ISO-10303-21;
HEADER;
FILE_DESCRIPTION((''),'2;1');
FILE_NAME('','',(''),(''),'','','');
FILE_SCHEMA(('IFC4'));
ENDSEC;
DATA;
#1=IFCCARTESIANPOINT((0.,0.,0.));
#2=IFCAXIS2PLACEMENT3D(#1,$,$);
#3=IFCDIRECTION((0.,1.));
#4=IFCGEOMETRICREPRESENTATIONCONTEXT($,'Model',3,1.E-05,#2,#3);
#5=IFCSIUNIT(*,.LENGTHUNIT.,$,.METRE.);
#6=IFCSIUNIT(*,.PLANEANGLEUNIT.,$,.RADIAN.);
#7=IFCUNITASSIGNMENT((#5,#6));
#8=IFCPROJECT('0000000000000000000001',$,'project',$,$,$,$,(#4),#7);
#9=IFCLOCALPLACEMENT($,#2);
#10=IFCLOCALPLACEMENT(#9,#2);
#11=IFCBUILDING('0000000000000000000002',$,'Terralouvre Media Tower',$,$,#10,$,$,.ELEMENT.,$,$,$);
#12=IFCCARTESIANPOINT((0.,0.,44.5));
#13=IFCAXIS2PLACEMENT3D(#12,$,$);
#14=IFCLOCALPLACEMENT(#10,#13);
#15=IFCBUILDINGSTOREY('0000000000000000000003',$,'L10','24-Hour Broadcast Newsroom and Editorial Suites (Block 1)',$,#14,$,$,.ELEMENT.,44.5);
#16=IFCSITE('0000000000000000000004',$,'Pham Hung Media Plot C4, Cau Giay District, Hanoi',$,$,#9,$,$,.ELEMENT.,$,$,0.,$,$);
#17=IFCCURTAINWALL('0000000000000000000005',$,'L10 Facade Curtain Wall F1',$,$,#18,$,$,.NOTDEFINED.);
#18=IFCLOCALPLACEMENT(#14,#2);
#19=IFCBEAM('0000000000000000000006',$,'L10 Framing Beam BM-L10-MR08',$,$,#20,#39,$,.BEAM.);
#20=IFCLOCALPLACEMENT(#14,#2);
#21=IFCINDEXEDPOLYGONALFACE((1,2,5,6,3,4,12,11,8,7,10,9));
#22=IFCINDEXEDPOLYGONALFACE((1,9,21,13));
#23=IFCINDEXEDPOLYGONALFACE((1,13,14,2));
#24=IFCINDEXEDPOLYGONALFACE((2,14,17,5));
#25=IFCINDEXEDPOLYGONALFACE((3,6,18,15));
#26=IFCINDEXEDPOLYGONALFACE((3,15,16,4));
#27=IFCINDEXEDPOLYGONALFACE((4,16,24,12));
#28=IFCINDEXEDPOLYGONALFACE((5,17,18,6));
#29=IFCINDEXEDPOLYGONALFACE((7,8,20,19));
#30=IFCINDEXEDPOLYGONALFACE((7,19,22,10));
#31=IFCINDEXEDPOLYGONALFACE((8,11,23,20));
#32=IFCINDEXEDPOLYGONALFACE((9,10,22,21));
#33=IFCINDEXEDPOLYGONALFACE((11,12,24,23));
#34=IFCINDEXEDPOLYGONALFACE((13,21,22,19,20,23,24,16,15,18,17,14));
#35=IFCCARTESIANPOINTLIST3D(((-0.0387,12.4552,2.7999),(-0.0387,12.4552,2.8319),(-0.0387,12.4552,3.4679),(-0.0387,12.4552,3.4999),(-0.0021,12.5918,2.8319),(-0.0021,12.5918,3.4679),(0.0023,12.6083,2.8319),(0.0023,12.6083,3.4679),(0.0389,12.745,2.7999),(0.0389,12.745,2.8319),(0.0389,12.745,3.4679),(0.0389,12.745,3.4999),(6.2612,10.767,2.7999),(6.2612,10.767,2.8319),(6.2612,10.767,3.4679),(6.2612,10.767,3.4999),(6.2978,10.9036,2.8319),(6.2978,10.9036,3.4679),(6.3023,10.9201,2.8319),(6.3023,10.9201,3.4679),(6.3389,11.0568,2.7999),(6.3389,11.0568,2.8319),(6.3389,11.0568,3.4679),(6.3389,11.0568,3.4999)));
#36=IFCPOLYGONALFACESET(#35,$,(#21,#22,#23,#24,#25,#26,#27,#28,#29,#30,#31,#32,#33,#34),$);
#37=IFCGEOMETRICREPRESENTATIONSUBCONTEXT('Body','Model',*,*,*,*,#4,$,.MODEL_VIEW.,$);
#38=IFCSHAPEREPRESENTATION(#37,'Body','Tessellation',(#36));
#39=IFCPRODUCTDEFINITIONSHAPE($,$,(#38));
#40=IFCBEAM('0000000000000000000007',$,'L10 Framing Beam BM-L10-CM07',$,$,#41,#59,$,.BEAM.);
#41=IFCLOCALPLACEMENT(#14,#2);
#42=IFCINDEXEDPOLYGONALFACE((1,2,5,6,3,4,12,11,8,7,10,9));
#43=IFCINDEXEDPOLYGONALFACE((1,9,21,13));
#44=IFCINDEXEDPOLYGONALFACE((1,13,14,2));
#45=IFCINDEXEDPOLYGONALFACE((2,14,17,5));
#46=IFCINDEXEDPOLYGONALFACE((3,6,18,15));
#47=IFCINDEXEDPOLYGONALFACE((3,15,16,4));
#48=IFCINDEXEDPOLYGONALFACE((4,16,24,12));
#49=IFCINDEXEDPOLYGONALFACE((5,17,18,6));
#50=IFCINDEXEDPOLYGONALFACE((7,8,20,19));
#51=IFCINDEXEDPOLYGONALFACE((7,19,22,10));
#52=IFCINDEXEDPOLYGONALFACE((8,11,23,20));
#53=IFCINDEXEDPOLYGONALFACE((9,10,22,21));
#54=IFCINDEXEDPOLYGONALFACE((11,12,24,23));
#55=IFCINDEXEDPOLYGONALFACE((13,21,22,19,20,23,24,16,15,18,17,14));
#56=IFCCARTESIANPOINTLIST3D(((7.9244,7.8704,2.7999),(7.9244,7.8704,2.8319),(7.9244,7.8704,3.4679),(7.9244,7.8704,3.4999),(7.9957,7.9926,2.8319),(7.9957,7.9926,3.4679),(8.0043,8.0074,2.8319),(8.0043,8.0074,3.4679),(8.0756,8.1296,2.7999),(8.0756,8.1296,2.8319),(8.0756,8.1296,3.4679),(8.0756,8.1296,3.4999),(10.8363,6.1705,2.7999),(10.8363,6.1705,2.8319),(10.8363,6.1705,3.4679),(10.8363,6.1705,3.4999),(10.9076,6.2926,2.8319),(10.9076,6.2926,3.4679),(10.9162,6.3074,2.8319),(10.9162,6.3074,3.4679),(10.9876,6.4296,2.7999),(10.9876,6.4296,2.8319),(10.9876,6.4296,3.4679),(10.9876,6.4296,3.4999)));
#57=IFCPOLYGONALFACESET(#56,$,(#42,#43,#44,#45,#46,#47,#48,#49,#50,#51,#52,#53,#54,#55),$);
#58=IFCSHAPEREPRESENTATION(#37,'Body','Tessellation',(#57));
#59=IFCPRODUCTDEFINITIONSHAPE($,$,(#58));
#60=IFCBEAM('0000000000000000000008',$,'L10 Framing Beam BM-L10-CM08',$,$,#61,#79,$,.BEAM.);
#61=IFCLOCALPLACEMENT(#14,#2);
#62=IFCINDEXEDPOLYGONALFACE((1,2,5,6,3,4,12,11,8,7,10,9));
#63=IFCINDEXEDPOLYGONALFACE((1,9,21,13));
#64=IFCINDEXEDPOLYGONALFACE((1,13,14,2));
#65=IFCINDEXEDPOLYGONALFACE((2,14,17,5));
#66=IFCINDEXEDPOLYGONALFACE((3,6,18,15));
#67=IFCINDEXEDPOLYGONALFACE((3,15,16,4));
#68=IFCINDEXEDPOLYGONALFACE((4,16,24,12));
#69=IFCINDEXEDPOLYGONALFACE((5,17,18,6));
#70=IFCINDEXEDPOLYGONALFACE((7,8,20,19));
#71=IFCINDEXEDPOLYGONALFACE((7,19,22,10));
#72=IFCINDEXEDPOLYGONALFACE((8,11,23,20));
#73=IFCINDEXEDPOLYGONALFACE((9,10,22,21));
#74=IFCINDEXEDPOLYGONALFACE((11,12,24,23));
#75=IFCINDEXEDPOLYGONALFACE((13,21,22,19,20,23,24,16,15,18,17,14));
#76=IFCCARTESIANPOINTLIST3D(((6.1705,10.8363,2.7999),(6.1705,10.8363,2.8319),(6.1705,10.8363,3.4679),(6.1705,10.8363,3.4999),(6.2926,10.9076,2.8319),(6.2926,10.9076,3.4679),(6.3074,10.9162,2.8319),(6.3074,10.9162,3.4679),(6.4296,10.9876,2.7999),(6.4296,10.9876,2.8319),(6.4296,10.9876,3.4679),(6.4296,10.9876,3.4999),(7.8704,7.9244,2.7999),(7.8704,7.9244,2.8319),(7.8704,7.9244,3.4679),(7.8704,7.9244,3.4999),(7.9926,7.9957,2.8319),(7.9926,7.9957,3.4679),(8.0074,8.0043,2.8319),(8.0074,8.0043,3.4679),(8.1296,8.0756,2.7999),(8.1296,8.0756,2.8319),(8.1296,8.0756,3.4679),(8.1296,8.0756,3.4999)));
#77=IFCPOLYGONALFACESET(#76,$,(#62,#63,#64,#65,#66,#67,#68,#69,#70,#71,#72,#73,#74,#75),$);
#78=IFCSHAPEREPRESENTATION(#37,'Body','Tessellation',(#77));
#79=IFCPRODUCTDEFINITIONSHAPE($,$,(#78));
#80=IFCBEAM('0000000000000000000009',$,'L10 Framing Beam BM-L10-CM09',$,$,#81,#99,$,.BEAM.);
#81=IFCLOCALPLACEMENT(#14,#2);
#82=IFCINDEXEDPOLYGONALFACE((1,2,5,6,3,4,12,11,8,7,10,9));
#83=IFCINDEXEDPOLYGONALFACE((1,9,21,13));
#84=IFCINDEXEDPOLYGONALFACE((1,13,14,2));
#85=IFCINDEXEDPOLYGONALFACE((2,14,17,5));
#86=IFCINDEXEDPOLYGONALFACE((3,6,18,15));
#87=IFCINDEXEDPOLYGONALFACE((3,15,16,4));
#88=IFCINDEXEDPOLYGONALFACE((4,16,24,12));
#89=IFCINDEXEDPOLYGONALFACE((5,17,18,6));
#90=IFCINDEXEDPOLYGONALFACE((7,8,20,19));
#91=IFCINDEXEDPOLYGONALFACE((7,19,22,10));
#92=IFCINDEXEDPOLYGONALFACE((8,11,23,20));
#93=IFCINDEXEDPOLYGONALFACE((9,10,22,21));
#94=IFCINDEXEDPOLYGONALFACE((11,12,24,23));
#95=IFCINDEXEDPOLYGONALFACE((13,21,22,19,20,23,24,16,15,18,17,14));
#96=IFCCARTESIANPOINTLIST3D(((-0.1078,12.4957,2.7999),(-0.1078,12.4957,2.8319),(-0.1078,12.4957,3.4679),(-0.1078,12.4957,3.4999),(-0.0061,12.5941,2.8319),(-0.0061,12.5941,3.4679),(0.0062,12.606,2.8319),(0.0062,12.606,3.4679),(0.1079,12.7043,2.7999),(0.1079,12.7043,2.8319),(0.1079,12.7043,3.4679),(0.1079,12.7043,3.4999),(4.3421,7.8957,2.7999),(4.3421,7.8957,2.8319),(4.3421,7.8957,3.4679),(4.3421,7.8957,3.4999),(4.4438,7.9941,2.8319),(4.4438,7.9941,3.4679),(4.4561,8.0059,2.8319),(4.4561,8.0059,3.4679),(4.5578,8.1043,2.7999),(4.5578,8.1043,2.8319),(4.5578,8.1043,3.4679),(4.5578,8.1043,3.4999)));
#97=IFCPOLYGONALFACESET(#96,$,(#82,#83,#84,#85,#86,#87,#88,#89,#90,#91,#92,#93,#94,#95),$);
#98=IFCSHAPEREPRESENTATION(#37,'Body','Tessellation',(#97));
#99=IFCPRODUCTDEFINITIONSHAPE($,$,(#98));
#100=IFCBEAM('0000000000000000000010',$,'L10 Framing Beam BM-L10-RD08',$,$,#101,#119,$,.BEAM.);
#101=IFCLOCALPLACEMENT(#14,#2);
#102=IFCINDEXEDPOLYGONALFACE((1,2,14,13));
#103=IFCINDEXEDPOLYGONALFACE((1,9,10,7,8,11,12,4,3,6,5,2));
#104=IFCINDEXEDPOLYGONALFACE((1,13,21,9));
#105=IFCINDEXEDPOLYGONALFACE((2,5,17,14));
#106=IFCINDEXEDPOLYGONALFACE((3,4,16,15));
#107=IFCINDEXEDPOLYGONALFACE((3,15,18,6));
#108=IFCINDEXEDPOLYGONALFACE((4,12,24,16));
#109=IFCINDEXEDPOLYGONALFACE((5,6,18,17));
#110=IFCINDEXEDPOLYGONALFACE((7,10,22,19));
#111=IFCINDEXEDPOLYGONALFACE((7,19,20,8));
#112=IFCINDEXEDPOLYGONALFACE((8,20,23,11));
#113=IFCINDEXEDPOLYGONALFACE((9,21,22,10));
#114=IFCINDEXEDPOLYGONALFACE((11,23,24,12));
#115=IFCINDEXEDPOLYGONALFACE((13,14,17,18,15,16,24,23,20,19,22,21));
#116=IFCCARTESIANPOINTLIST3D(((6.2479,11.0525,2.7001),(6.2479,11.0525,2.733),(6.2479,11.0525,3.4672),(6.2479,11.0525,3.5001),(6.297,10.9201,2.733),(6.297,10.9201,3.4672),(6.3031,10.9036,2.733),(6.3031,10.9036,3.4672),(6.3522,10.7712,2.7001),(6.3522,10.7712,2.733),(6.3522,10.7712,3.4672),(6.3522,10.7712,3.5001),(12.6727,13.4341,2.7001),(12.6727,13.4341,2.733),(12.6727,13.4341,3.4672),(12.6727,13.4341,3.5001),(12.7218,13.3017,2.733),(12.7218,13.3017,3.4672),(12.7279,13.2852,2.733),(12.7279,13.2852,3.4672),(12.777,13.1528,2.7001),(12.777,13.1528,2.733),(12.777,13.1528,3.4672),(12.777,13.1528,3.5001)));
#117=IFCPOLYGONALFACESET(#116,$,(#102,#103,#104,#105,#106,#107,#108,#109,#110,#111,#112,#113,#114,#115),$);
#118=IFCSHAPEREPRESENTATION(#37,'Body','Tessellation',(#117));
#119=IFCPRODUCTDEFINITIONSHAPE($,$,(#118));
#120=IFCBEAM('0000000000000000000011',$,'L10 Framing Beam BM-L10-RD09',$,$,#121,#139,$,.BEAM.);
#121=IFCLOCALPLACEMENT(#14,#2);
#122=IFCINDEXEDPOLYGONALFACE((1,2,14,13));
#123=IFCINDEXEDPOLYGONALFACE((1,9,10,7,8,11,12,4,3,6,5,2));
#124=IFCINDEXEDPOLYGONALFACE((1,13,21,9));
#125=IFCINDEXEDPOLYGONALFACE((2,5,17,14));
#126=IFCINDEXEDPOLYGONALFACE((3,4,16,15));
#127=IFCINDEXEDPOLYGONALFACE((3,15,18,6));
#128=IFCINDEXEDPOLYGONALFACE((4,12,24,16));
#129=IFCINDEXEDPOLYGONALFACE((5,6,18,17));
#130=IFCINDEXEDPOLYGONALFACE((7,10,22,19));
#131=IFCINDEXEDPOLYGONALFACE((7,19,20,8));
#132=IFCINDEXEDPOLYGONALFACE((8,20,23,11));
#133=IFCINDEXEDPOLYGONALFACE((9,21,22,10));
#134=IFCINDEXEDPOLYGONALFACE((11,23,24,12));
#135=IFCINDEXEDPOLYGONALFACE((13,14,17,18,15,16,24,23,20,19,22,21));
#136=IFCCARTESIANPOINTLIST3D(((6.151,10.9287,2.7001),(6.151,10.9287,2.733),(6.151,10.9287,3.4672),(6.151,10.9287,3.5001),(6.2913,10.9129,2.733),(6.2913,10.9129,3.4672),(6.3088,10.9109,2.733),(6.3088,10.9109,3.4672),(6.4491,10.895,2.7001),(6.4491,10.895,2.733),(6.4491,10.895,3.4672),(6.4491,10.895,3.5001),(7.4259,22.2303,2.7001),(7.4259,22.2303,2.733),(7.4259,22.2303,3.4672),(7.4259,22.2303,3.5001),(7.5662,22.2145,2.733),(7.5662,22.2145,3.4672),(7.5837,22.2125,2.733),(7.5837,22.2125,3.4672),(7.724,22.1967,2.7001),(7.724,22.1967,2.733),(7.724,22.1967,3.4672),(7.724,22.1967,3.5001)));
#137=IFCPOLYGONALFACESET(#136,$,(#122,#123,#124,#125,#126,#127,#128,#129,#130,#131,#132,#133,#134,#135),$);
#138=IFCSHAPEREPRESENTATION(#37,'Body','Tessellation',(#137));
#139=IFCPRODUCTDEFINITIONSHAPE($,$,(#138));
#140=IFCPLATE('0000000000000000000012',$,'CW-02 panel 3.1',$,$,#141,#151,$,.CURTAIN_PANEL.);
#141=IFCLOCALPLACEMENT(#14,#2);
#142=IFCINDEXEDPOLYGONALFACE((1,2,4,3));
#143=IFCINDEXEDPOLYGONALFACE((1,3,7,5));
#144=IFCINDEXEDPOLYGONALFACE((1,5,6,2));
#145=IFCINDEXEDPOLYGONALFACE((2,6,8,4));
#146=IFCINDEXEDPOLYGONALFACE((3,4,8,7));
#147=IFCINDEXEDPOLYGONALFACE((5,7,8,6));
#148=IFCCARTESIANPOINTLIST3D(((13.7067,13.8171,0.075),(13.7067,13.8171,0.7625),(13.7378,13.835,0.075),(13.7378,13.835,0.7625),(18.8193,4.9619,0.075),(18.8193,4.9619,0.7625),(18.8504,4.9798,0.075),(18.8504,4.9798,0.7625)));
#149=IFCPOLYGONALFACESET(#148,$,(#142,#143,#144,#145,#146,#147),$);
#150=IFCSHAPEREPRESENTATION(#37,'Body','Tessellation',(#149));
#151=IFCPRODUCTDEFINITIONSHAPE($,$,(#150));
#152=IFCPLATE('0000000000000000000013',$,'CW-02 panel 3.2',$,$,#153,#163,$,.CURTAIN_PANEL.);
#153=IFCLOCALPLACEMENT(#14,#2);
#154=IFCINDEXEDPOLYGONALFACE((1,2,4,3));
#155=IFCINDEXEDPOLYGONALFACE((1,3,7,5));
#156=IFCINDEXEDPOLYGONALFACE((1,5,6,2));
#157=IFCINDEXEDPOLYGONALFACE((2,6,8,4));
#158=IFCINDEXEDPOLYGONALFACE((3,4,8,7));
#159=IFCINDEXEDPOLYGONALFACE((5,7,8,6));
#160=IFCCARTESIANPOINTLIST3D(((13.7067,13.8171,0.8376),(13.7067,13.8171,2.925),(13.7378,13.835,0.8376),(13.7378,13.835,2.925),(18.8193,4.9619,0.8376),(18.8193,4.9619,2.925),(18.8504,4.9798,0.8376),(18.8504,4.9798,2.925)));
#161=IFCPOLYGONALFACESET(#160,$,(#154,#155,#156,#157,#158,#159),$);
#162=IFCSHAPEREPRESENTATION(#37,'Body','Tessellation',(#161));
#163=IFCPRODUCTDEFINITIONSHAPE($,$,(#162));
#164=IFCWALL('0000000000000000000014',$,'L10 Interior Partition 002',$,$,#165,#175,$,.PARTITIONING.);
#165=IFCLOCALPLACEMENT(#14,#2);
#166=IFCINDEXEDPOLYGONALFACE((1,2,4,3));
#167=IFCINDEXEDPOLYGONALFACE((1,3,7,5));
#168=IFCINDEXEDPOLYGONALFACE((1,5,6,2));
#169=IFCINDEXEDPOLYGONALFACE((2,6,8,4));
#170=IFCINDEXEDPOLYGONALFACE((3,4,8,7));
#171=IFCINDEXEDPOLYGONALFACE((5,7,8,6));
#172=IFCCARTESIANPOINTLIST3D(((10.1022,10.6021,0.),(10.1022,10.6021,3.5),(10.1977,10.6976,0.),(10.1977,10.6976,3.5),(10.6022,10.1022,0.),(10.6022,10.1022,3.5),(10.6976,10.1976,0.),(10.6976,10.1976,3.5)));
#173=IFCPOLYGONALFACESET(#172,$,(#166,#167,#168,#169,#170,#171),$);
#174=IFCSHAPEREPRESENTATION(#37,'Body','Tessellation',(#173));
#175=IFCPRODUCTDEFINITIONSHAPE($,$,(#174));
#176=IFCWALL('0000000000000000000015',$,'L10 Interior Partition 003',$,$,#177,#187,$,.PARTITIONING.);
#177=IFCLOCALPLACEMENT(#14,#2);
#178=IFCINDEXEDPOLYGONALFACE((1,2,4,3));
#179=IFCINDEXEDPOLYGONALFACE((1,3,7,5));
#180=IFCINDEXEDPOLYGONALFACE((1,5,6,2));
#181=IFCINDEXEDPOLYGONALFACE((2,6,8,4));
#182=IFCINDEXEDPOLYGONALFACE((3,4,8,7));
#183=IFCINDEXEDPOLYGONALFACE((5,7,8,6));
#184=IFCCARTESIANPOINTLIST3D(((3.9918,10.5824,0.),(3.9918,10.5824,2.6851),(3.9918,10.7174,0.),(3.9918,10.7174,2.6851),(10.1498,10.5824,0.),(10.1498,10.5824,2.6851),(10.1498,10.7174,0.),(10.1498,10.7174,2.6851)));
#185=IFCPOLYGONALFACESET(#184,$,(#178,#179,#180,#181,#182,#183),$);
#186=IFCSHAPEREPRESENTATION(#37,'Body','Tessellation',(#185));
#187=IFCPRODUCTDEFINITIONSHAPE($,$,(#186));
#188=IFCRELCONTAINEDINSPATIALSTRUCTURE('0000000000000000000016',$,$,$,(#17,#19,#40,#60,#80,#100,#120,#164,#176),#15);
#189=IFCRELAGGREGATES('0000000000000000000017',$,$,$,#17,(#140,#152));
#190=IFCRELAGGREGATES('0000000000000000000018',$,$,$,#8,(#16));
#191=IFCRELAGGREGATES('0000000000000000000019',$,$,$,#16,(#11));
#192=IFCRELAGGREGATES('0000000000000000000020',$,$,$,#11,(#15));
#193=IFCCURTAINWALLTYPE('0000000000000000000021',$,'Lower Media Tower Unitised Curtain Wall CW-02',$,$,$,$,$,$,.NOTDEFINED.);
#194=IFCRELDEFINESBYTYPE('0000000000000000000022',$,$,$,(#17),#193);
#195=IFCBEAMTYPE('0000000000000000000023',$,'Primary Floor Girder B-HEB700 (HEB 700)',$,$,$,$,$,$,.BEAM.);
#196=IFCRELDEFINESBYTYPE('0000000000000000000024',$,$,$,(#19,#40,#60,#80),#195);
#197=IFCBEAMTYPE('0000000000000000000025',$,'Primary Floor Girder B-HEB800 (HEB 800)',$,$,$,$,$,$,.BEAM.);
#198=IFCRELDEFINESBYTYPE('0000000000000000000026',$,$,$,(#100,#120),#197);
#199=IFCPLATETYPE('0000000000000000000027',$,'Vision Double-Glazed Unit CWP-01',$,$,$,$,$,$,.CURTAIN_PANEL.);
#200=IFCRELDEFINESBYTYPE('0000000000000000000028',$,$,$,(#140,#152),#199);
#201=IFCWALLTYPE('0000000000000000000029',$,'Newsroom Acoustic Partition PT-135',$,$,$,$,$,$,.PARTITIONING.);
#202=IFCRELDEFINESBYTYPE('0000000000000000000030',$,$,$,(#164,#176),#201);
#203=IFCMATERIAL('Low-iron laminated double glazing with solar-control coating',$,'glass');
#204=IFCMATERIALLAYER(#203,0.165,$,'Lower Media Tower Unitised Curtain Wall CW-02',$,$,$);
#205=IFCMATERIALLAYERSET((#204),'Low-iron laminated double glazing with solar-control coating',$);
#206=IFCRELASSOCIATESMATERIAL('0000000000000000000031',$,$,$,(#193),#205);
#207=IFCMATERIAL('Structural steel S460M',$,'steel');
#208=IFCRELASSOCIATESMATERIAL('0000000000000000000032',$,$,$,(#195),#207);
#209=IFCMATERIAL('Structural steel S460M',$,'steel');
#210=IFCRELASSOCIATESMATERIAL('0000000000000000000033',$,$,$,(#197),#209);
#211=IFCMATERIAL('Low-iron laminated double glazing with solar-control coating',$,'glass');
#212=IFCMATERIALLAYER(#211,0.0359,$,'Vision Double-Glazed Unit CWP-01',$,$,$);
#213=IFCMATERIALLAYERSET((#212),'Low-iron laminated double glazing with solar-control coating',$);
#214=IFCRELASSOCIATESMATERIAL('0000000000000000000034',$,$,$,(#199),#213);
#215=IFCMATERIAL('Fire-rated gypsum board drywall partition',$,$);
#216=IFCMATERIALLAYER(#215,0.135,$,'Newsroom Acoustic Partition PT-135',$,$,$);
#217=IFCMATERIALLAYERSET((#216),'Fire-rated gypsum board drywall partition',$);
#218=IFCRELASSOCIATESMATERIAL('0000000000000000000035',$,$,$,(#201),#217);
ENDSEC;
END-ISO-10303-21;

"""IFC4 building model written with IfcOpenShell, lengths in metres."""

from ifc_helpers import new_model, si_unit, direction, frame, frame_2d, origin, origin_2d, place, context, subcontext, project, spatial, rectangle, i_section, extrude, material, layer, layer_set, material_profile, profile_set, type_object, element, aggregate, save


model = new_model("IFC4")

# Units and contexts
model_context = context("Model", 3, precision=1e-05, world=origin(), true_north=direction((0.0, 1.0)))
body_context = subcontext(model_context, "Body", "Model", "MODEL_VIEW")
ifc_project = project(units=[si_unit("LENGTHUNIT", "METRE"), si_unit("PLANEANGLEUNIT", "RADIAN")], contexts=[model_context])

# Site, building, storey
site_placement = place(None, origin())
site = spatial("IfcSite", under=ifc_project, at=site_placement, Name="Pham Hung Media Plot C4, Cau Giay District, Hanoi", CompositionType="ELEMENT", RefElevation=0.0)
building_placement = place(site_placement, origin())
building = spatial("IfcBuilding", under=site, at=building_placement, Name="Terralouvre Media Tower", CompositionType="ELEMENT")
storey_placement = place(building_placement, frame((0.0, 0.0, 44.5)))
storey = spatial("IfcBuildingStorey", under=building, at=storey_placement, Name="L10", Description="24-Hour Broadcast Newsroom and Editorial Suites (Block 1)", CompositionType="ELEMENT", Elevation=44.5)

# Curtain wall
ifc_material_1 = material(Name="Low-iron laminated double glazing with solar-control coating", Category="glass")
ifc_layer_1 = layer(ifc_material_1, 0.165, Name="Lower Media Tower Unitised Curtain Wall CW-02")
ifc_layer_set_1 = layer_set([ifc_layer_1], Name="Low-iron laminated double glazing with solar-control coating")
curtain_wall_type = type_object("IfcCurtainWallType", Name="Lower Media Tower Unitised Curtain Wall CW-02", PredefinedType="NOTDEFINED", material=ifc_layer_set_1)
curtain_wall_placement = place(storey_placement, origin())
curtain_wall = element("IfcCurtainWall", 1, at=curtain_wall_placement, inside=storey, type_object=curtain_wall_type, Name="L10 Facade Curtain Wall F1", PredefinedType="NOTDEFINED")

# Beams
ifc_material_2 = material(Name="Structural steel S460M", Category="steel")
ifc_material_profile_1 = material_profile(ifc_material_2, i_section(OverallWidth=0.3, OverallDepth=0.7, WebThickness=0.0171, FlangeThickness=0.032, at=origin_2d()), Name="HEB 700")
ifc_profile_set_1 = profile_set([ifc_material_profile_1], Name="Structural steel S460M")
beam_type_1 = type_object("IfcBeamType", Name="Primary Floor Girder B-HEB700 (HEB 700)", PredefinedType="BEAM", material=ifc_profile_set_1)
beam_1_placement = place(storey_placement, frame((6.3, 10.9119, 3.1499), z_axis=(-0.96592, 0.258839, 0.0), x_axis=(-0.258839, -0.96592, 0.0)))
element("IfcBeam", 2, at=beam_1_placement, inside=storey, type_object=beam_type_1, Name="L10 Framing Beam BM-L10-MR08", PredefinedType="BEAM", context=body_context, shape_type="SweptSolid", body=[
    extrude(i_section(OverallWidth=0.3, OverallDepth=0.7, WebThickness=0.0171, FlangeThickness=0.032, at=origin_2d()), origin(), (0.0, 0.0, 1.0), 6.5222),
])
for number, where, z_axis, x_axis, name in (
    (3, (8.0, 8.0, 3.1499), (0.863603, -0.504173, 0.0), (0.504173, 0.863603, 0.0), "L10 Framing Beam BM-L10-CM07"),
    (4, (8.0, 8.0, 3.1499), (-0.504173, 0.863603, 0.0), (-0.863603, -0.504173, 0.0), "L10 Framing Beam BM-L10-CM08"),
):
    element("IfcBeam", number, at=place(storey_placement, frame(where, z_axis=z_axis, x_axis=x_axis)), inside=storey, type_object=beam_type_1, Name=name, PredefinedType="BEAM", context=body_context, shape_type="SweptSolid", body=[
        extrude(i_section(OverallWidth=0.3, OverallDepth=0.7, WebThickness=0.0171, FlangeThickness=0.032, at=origin_2d()), origin(), (0.0, 0.0, 1.0), 3.3718),
    ])
beam_2_placement = place(storey_placement, frame((4.45, 8.0, 3.1499), z_axis=(-0.69528, 0.718739, 0.0), x_axis=(-0.718739, -0.69528, 0.0)))
element("IfcBeam", 5, at=beam_2_placement, inside=storey, type_object=beam_type_1, Name="L10 Framing Beam BM-L10-CM09", PredefinedType="BEAM", context=body_context, shape_type="SweptSolid", body=[
    extrude(i_section(OverallWidth=0.3, OverallDepth=0.7, WebThickness=0.0171, FlangeThickness=0.032, at=origin_2d()), origin(), (0.0, 0.0, 1.0), 6.4001),
])
ifc_material_3 = material(Name="Structural steel S460M", Category="steel")
ifc_material_profile_2 = material_profile(ifc_material_3, i_section(OverallWidth=0.3, OverallDepth=0.8, WebThickness=0.0176, FlangeThickness=0.033, at=origin_2d()), Name="HEB 800")
ifc_profile_set_2 = profile_set([ifc_material_profile_2], Name="Structural steel S460M")
beam_type_2 = type_object("IfcBeamType", Name="Primary Floor Girder B-HEB800 (HEB 800)", PredefinedType="BEAM", material=ifc_profile_set_2)
beam_3_placement = place(storey_placement, frame((6.3, 10.9119, 3.1001), z_axis=(0.937652, 0.347575, 0.0), x_axis=(-0.347575, 0.937652, 0.0)))
element("IfcBeam", 6, at=beam_3_placement, inside=storey, type_object=beam_type_2, Name="L10 Framing Beam BM-L10-RD08", PredefinedType="BEAM", context=body_context, shape_type="SweptSolid", body=[
    extrude(i_section(OverallWidth=0.3, OverallDepth=0.8, WebThickness=0.0176, FlangeThickness=0.033, at=origin_2d()), origin(), (0.0, 0.0, 1.0), 6.8521),
])
beam_4_placement = place(storey_placement, frame((6.3, 10.9119, 3.1001), z_axis=(0.112097, 0.993697, 0.0), x_axis=(-0.993697, 0.112097, 0.0)))
element("IfcBeam", 7, at=beam_4_placement, inside=storey, type_object=beam_type_2, Name="L10 Framing Beam BM-L10-RD09", PredefinedType="BEAM", context=body_context, shape_type="SweptSolid", body=[
    extrude(i_section(OverallWidth=0.3, OverallDepth=0.8, WebThickness=0.0176, FlangeThickness=0.033, at=origin_2d()), origin(), (0.0, 0.0, 1.0), 11.3733),
])

# Plates
ifc_material_4 = material(Name="Low-iron laminated double glazing with solar-control coating", Category="glass")
ifc_layer_2 = layer(ifc_material_4, 0.0359, Name="Vision Double-Glazed Unit CWP-01")
ifc_layer_set_2 = layer_set([ifc_layer_2], Name="Low-iron laminated double glazing with solar-control coating")
plate_type = type_object("IfcPlateType", Name="Vision Double-Glazed Unit CWP-01", PredefinedType="CURTAIN_PANEL", material=ifc_layer_set_2)
plate_1_placement = place(storey_placement, frame((16.2786, 9.3984, 0.075), z_axis=(0.0, 0.0, 1.0), x_axis=(-0.5, 0.866025, 0.0)))
plate_1 = element("IfcPlate", 8, at=plate_1_placement, type_object=plate_type, Name="CW-02 panel 3.1", PredefinedType="CURTAIN_PANEL", context=body_context, shape_type="SweptSolid", body=[
    extrude(rectangle(XDim=10.2251, YDim=0.0359, at=origin_2d()), origin(), (0.0, 0.0, 1.0), 0.6875),
])
plate_2_placement = place(storey_placement, frame((16.2786, 9.3984, 0.8376), z_axis=(0.0, 0.0, 1.0), x_axis=(-0.5, 0.866025, 0.0)))
plate_2 = element("IfcPlate", 9, at=plate_2_placement, type_object=plate_type, Name="CW-02 panel 3.2", PredefinedType="CURTAIN_PANEL", context=body_context, shape_type="SweptSolid", body=[
    extrude(rectangle(XDim=10.2251, YDim=0.0359, at=origin_2d()), origin(), (0.0, 0.0, 1.0), 2.0874),
])
aggregate(curtain_wall, [plate_1, plate_2])

# Walls
ifc_material_5 = material(Name="Fire-rated gypsum board drywall partition")
ifc_layer_3 = layer(ifc_material_5, 0.135, Name="Newsroom Acoustic Partition PT-135")
ifc_layer_set_3 = layer_set([ifc_layer_3], Name="Fire-rated gypsum board drywall partition")
wall_type = type_object("IfcWallType", Name="Newsroom Acoustic Partition PT-135", PredefinedType="PARTITIONING", material=ifc_layer_set_3)
wall_1_placement = place(storey_placement, frame((10.6499, 10.1499, 0.0), z_axis=(0.0, 0.0, 1.0), x_axis=(-0.707107, 0.707107, 0.0)))
element("IfcWall", 10, at=wall_1_placement, inside=storey, type_object=wall_type, Name="L10 Interior Partition 002", PredefinedType="PARTITIONING", context=body_context, shape_type="SweptSolid", body=[
    extrude(rectangle(XDim=0.707, YDim=0.135, at=frame_2d((0.3535, 0.0))), origin(), (0.0, 0.0, 1.0), 3.5),
])
wall_2_placement = place(storey_placement, frame((10.1499, 10.6499, 0.0), z_axis=(0.0, 0.0, 1.0), x_axis=(-1.0, 0.0, 0.0)))
element("IfcWall", 11, at=wall_2_placement, inside=storey, type_object=wall_type, Name="L10 Interior Partition 003", PredefinedType="PARTITIONING", context=body_context, shape_type="SweptSolid", body=[
    extrude(rectangle(XDim=6.158, YDim=0.135, at=frame_2d((3.0791, 0.0))), origin(), (0.0, 0.0, 1.0), 2.6851),
])

save(model, "model.ifc")
